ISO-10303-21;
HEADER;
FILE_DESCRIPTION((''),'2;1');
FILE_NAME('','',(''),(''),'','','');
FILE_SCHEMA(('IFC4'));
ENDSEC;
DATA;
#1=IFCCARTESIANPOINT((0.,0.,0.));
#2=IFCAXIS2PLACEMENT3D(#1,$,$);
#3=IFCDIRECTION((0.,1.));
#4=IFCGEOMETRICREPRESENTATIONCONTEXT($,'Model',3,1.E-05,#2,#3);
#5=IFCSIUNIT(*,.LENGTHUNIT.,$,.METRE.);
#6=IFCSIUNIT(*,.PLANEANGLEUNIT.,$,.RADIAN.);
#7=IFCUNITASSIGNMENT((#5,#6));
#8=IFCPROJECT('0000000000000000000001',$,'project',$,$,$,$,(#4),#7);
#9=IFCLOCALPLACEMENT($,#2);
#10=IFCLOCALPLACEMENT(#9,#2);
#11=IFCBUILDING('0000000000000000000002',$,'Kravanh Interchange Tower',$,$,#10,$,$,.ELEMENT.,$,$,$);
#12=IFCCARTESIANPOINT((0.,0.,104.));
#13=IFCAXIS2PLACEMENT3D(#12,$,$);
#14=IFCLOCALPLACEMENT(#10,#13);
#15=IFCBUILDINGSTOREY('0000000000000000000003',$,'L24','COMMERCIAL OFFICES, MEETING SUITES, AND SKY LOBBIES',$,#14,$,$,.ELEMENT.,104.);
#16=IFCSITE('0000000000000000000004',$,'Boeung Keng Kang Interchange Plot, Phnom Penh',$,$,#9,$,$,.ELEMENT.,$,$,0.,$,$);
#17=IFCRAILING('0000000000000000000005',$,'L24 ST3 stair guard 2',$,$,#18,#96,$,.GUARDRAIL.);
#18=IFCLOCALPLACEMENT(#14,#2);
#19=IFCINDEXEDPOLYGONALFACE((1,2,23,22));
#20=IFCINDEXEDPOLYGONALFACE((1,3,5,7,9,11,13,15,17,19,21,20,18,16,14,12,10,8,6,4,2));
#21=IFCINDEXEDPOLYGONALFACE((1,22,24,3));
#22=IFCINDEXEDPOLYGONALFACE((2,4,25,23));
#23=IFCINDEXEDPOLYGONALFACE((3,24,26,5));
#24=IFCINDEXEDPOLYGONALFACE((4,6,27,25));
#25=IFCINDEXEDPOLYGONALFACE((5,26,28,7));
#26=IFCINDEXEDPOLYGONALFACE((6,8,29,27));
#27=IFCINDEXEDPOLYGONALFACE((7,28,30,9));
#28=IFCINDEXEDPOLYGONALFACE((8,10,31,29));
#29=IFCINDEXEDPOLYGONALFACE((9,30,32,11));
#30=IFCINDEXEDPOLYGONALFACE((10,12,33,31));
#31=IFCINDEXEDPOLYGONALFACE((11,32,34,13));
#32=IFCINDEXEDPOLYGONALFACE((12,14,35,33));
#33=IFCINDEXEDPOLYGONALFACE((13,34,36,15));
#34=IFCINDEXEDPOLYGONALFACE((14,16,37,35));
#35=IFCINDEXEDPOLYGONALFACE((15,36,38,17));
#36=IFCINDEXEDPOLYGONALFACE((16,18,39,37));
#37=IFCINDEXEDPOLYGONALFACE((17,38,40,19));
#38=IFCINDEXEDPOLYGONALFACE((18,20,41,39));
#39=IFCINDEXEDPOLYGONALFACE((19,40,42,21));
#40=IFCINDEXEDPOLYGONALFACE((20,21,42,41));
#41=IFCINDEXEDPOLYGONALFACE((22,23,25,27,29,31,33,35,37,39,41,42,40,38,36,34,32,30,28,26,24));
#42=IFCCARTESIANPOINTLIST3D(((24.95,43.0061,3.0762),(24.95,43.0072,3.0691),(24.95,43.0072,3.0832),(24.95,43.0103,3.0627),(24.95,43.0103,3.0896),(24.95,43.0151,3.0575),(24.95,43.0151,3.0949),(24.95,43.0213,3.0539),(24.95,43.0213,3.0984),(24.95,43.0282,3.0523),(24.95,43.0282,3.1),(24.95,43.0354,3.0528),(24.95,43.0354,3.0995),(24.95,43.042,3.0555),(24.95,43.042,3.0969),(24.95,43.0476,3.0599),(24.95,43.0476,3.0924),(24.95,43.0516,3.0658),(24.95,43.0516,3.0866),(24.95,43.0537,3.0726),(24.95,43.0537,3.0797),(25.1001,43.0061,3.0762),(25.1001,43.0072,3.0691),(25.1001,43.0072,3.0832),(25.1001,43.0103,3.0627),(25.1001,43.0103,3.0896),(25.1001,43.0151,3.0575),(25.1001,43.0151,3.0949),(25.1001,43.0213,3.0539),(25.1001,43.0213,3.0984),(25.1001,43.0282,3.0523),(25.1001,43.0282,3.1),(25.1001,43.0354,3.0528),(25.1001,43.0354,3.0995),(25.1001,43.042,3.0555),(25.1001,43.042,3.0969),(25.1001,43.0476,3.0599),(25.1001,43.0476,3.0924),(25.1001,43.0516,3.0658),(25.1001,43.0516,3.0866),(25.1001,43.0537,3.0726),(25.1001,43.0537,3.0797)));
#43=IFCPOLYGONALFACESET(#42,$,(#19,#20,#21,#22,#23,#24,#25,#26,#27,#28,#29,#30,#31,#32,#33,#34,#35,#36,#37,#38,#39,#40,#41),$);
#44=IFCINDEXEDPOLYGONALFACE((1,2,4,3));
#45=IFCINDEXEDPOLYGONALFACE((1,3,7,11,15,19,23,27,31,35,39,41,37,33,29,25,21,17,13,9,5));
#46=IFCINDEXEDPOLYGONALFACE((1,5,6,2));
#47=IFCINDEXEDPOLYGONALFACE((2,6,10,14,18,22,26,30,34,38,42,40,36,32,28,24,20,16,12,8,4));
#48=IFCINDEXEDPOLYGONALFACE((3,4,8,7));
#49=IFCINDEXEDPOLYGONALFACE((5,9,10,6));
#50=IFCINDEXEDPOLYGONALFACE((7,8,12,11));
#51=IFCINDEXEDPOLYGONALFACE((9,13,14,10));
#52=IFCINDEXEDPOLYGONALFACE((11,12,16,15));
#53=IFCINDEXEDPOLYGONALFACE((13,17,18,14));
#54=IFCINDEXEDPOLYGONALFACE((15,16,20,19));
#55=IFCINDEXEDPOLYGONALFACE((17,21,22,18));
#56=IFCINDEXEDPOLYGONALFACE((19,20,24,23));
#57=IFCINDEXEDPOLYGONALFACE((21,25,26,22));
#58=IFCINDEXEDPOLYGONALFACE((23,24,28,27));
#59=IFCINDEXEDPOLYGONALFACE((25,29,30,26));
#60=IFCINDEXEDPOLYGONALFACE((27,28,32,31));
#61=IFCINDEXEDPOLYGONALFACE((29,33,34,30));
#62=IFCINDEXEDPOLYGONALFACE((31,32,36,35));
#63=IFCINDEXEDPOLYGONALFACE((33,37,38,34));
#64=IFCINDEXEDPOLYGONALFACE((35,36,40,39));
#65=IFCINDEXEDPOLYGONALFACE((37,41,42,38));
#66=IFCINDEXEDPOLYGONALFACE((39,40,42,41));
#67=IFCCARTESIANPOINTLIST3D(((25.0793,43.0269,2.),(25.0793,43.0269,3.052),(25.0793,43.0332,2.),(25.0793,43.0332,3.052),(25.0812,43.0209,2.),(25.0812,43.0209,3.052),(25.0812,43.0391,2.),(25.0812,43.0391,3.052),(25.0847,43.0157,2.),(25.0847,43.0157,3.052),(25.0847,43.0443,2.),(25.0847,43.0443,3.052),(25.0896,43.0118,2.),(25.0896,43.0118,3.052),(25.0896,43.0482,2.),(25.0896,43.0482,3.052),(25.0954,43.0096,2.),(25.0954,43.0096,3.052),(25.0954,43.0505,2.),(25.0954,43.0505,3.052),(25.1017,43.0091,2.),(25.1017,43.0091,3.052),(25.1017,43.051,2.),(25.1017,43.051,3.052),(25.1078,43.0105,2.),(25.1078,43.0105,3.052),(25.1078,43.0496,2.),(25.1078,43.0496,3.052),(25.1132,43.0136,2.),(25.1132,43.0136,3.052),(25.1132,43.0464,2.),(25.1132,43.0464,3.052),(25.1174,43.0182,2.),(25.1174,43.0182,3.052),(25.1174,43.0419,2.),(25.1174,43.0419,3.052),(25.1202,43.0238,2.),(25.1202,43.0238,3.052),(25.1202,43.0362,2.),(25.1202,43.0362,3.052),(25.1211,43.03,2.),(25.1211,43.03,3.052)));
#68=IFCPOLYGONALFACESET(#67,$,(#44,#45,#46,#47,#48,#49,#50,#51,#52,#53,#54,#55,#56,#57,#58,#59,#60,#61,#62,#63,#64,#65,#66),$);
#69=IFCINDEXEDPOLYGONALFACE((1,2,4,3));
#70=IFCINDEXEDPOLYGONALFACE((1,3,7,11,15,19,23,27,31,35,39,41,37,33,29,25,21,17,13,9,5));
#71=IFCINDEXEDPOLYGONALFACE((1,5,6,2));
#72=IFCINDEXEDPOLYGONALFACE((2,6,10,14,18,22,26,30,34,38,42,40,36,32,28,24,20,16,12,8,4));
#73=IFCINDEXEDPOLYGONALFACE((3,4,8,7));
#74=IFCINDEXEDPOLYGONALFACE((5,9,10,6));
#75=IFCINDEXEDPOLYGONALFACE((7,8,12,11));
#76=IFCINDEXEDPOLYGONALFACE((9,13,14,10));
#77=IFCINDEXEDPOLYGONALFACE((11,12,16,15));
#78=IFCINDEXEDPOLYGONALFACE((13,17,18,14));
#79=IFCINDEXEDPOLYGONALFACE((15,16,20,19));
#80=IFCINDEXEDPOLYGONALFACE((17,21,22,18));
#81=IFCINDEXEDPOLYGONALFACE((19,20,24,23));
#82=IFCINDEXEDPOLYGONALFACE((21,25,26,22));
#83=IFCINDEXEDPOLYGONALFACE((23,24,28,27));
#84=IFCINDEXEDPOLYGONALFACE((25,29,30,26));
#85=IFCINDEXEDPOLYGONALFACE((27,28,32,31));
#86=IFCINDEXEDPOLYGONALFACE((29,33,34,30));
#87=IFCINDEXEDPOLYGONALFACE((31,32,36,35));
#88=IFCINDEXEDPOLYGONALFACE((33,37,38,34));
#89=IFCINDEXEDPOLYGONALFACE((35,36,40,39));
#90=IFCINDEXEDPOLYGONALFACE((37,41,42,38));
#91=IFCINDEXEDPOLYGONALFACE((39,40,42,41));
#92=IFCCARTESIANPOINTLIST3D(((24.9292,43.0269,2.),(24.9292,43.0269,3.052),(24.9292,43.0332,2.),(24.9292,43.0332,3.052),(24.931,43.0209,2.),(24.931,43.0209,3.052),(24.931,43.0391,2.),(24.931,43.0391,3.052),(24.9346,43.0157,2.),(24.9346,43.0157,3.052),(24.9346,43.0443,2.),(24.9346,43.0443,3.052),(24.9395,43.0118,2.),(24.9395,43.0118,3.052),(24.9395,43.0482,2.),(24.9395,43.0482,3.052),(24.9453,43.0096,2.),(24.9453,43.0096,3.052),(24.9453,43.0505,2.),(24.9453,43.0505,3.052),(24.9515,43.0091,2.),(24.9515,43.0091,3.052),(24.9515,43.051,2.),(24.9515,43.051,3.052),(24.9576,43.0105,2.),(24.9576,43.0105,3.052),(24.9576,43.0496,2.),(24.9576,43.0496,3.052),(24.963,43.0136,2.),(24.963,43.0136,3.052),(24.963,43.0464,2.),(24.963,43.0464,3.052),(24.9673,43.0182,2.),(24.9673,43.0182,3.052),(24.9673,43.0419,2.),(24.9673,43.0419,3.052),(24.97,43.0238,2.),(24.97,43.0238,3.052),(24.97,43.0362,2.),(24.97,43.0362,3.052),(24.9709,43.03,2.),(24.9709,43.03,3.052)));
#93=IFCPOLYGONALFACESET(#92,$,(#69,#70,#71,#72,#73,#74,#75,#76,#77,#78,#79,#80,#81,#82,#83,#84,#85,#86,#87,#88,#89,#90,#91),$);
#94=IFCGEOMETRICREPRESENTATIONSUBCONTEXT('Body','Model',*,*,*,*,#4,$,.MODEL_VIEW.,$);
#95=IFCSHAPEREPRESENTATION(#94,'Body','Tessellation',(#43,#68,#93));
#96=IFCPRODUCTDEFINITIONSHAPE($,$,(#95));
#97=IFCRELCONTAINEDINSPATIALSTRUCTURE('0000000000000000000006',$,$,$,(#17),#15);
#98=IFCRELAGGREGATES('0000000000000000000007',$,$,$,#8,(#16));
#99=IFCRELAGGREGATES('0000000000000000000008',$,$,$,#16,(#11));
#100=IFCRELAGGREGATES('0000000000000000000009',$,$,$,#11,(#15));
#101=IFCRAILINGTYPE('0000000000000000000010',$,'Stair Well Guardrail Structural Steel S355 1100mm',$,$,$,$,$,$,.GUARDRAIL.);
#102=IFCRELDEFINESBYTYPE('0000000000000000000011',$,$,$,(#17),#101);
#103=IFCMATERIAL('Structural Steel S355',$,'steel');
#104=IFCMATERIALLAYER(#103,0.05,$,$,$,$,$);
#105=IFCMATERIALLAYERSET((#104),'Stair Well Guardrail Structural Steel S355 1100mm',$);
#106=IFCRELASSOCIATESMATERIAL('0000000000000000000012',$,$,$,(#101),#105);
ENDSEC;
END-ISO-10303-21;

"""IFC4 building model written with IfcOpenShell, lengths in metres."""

from ifc_helpers import new_model, si_unit, direction, frame, origin, origin_2d, place, context, subcontext, project, spatial, circle, extrude, material, layer, layer_set, type_object, element, save


model = new_model("IFC4")

# Units and contexts
model_context = context("Model", 3, precision=1e-05, world=origin(), true_north=direction((0.0, 1.0)))
body_context = subcontext(model_context, "Body", "Model", "MODEL_VIEW")
ifc_project = project(units=[si_unit("LENGTHUNIT", "METRE"), si_unit("PLANEANGLEUNIT", "RADIAN")], contexts=[model_context])

# Site, building, storey
site_placement = place(None, origin())
site = spatial("IfcSite", under=ifc_project, at=site_placement, Name="Boeung Keng Kang Interchange Plot, Phnom Penh", CompositionType="ELEMENT", RefElevation=0.0)
building_placement = place(site_placement, origin())
building = spatial("IfcBuilding", under=site, at=building_placement, Name="Kravanh Interchange Tower", CompositionType="ELEMENT")
storey_placement = place(building_placement, frame((0.0, 0.0, 104.0)))
storey = spatial("IfcBuildingStorey", under=building, at=storey_placement, Name="L24", Description="COMMERCIAL OFFICES, MEETING SUITES, AND SKY LOBBIES", CompositionType="ELEMENT", Elevation=104.0)

# Railing
ifc_material_1 = material(Name="Structural Steel S355", Category="steel")
ifc_layer_1 = layer(ifc_material_1, 0.05)
ifc_layer_set_1 = layer_set([ifc_layer_1], Name="Stair Well Guardrail Structural Steel S355 1100mm")
railing_type_1 = type_object("IfcRailingType", Name="Stair Well Guardrail Structural Steel S355 1100mm", PredefinedType="GUARDRAIL", material=ifc_layer_set_1)
railing_1_placement = place(storey_placement, frame((25.1001, 43.03, 2.0)))
element("IfcRailing", 1, at=railing_1_placement, inside=storey, type_object=railing_type_1, Name="L24 ST3 stair guard 2", PredefinedType="GUARDRAIL", context=body_context, shape_type="SweptSolid", body=[
    extrude(circle(Radius=0.0239, at=origin_2d()), frame((0.0, 0.0, 1.0762), z_axis=(-1.0, 0.0, 0.0), x_axis=(0.0, -1.0, 0.0)), (0.0, 0.0, 1.0), 0.1501),
    extrude(circle(Radius=0.021, at=origin_2d()), origin(), (0.0, 0.0, 1.0), 1.052),
    extrude(circle(Radius=0.021, at=origin_2d()), frame((-0.1501, 0.0, 0.0)), (0.0, 0.0, 1.0), 1.052),
])

save(model, "model.ifc")
